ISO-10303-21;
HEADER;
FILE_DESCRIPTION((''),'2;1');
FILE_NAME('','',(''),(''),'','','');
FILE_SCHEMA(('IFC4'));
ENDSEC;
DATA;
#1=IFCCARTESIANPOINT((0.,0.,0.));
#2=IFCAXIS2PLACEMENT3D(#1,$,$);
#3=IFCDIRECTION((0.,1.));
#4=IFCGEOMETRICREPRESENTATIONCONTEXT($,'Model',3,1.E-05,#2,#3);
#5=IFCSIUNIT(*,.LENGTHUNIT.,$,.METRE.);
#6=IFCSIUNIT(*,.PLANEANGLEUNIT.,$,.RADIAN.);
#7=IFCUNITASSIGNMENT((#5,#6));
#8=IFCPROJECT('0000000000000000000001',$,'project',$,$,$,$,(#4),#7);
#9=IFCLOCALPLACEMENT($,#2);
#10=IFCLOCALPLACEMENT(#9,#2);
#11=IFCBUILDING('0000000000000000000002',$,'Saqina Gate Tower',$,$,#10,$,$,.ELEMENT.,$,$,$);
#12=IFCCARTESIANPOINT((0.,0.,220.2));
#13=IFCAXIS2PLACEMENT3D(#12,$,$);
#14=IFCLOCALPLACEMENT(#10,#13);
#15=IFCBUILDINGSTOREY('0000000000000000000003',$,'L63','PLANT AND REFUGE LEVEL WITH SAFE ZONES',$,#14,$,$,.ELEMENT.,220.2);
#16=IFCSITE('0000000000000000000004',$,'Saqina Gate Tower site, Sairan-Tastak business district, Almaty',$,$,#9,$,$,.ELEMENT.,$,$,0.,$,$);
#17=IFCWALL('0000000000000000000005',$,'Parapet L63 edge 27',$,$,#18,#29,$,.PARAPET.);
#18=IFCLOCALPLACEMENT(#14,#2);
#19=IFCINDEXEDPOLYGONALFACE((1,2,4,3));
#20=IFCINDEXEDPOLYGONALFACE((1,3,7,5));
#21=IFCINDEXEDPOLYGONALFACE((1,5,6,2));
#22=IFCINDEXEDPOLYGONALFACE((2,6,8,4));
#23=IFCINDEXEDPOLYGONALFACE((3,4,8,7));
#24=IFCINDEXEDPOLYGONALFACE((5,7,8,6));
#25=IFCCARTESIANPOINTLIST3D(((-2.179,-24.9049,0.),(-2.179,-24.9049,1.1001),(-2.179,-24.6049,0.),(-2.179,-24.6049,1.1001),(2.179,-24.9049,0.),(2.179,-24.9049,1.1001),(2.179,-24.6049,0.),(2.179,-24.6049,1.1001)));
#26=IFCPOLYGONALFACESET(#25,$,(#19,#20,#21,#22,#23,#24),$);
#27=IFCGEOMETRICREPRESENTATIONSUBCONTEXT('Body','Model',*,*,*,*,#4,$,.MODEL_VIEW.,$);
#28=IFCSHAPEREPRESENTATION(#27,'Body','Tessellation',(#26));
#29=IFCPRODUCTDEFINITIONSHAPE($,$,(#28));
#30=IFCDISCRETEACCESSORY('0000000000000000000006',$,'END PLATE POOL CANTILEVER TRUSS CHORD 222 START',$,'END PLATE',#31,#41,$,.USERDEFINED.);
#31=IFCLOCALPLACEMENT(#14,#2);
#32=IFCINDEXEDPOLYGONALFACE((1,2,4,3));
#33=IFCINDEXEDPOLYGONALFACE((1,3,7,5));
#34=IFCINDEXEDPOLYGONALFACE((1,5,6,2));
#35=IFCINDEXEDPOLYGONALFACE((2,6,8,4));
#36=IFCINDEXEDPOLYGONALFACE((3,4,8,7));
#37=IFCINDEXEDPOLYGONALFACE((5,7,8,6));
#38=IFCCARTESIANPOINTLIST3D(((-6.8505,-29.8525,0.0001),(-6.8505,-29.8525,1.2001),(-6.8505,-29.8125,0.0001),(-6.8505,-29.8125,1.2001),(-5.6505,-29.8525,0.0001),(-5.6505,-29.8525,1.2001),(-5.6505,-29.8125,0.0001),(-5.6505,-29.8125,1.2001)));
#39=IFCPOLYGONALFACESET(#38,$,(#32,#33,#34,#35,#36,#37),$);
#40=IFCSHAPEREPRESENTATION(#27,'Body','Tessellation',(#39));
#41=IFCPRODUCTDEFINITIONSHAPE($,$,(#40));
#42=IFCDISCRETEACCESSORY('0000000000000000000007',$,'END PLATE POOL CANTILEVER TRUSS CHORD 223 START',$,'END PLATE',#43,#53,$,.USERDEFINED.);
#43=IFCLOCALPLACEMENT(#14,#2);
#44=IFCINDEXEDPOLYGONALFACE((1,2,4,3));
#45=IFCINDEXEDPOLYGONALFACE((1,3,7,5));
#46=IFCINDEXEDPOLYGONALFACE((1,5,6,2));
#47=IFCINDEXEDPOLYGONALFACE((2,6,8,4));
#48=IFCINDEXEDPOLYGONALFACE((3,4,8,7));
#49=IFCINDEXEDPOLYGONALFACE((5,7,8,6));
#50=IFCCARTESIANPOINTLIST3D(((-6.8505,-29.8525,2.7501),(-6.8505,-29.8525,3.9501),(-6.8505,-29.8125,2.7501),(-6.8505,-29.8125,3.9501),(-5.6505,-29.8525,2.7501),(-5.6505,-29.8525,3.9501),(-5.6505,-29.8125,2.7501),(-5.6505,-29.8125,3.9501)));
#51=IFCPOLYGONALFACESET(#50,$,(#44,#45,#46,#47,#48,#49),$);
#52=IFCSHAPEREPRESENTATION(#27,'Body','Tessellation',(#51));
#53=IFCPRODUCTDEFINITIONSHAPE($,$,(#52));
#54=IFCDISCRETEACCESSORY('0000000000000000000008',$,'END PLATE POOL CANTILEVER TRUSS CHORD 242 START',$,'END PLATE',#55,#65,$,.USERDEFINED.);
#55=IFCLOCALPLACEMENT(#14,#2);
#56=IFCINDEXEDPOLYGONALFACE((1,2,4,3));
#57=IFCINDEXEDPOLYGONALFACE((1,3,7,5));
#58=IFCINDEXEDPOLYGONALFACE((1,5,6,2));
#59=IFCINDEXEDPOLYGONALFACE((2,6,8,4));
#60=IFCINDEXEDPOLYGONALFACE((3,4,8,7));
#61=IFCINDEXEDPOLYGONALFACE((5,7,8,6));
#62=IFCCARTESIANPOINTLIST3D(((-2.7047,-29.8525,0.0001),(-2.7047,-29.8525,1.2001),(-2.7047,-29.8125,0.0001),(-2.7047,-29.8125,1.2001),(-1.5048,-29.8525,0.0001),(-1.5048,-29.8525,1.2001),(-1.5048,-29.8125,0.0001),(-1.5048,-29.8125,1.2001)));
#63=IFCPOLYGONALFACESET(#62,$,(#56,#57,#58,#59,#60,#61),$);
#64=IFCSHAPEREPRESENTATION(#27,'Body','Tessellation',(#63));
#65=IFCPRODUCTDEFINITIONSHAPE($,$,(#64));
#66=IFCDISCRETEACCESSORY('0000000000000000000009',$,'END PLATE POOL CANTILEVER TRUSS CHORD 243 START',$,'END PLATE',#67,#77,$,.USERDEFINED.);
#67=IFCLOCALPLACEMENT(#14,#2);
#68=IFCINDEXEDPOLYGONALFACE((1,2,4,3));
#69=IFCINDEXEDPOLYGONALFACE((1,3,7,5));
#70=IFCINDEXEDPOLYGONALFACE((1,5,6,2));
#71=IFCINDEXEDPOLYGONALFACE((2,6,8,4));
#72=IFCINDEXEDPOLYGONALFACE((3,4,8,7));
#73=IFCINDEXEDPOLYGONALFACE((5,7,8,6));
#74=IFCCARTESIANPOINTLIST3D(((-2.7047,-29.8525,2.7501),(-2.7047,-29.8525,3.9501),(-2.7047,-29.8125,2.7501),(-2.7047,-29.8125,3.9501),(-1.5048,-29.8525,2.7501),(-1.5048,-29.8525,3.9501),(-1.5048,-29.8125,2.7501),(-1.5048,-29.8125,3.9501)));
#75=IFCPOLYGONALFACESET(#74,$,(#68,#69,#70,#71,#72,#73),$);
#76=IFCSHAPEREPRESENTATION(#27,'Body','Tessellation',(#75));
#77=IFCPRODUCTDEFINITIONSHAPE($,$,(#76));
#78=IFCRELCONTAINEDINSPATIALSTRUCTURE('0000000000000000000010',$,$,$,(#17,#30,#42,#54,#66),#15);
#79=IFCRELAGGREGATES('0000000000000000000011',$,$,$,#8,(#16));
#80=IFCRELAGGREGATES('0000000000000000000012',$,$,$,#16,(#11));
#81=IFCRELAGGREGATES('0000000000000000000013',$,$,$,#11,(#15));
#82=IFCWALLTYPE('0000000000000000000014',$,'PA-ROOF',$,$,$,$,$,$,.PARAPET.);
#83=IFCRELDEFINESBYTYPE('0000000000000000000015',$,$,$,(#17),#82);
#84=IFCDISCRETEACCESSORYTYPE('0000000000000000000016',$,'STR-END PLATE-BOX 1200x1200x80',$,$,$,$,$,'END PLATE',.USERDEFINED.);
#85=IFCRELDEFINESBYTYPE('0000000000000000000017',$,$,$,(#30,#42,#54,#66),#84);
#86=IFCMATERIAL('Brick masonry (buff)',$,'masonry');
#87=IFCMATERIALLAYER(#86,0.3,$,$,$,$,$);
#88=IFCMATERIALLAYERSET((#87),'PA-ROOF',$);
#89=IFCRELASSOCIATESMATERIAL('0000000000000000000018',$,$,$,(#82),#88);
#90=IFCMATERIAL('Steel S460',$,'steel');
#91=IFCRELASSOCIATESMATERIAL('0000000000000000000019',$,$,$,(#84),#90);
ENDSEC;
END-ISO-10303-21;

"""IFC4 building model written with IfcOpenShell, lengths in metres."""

from ifc_helpers import new_model, si_unit, direction, frame, frame_2d, origin, origin_2d, place, context, subcontext, project, spatial, rectangle, extrude, material, layer, layer_set, material_profile, profile_set, type_object, element, save


model = new_model("IFC4")

# Units and contexts
model_context = context("Model", 3, precision=1e-05, world=origin(), true_north=direction((0.0, 1.0)))
body_context = subcontext(model_context, "Body", "Model", "MODEL_VIEW")
ifc_project = project(units=[si_unit("LENGTHUNIT", "METRE"), si_unit("PLANEANGLEUNIT", "RADIAN")], contexts=[model_context])

# Site, building, storey
site_placement = place(None, origin())
site = spatial("IfcSite", under=ifc_project, at=site_placement, Name="Saqina Gate Tower site, Sairan-Tastak business district, Almaty", CompositionType="ELEMENT", RefElevation=0.0)
building_placement = place(site_placement, origin())
building = spatial("IfcBuilding", under=site, at=building_placement, Name="Saqina Gate Tower", CompositionType="ELEMENT")
storey_placement = place(building_placement, frame((0.0, 0.0, 220.2)))
storey = spatial("IfcBuildingStorey", under=building, at=storey_placement, Name="L63", Description="PLANT AND REFUGE LEVEL WITH SAFE ZONES", CompositionType="ELEMENT", Elevation=220.2)

# Wall
ifc_material_1 = material(Name="Brick masonry (buff)", Category="masonry")
ifc_layer = layer(ifc_material_1, 0.3)
ifc_layer_set = layer_set([ifc_layer], Name="PA-ROOF")
wall_type = type_object("IfcWallType", Name="PA-ROOF", PredefinedType="PARAPET", material=ifc_layer_set)
wall_placement = place(storey_placement, frame((-2.179, -24.7549, 0.0), z_axis=(0.0, 0.0, 1.0), x_axis=(1.0, 0.0, 0.0)))
element("IfcWall", 1, at=wall_placement, inside=storey, type_object=wall_type, Name="Parapet L63 edge 27", PredefinedType="PARAPET", context=body_context, shape_type="SweptSolid", body=[
    extrude(rectangle(XDim=4.3579, YDim=0.3, at=frame_2d((2.179, 0.0))), origin(), (0.0, 0.0, 1.0), 1.1001),
])

# Discrete accessories
ifc_material_2 = material(Name="Steel S460", Category="steel")
ifc_material_profile_1 = material_profile(ifc_material_2, rectangle(XDim=1.2, YDim=1.2, at=origin_2d()), Name="STR-END PLATE-BOX 1200x1200x80")
ifc_profile_set_1 = profile_set([ifc_material_profile_1], Name="Steel S460")
discrete_accessory_type = type_object("IfcDiscreteAccessoryType", Name="STR-END PLATE-BOX 1200x1200x80", ElementType="END PLATE", PredefinedType="USERDEFINED", material=ifc_profile_set_1)
for number, where, z_axis, x_axis, name in (
    (2, (-6.2505, -29.8125, 0.6001), (0.0, -1.0, 0.0), (-1.0, 0.0, 0.0), "END PLATE POOL CANTILEVER TRUSS CHORD 222 START"),
    (3, (-6.2505, -29.8125, 3.3501), (0.0, -1.0, 0.0), (-1.0, 0.0, 0.0), "END PLATE POOL CANTILEVER TRUSS CHORD 223 START"),
    (4, (-2.1047, -29.8125, 0.6001), (0.0, -1.0, 0.0), (-1.0, 0.0, 0.0), "END PLATE POOL CANTILEVER TRUSS CHORD 242 START"),
    (5, (-2.1047, -29.8125, 3.3501), (0.0, -1.0, 0.0), (-1.0, 0.0, 0.0), "END PLATE POOL CANTILEVER TRUSS CHORD 243 START"),
):
    element("IfcDiscreteAccessory", number, at=place(storey_placement, frame(where, z_axis=z_axis, x_axis=x_axis)), inside=storey, type_object=discrete_accessory_type, Name=name, ObjectType="END PLATE", PredefinedType="USERDEFINED", context=body_context, shape_type="SweptSolid", body=[
        extrude(rectangle(XDim=1.2, YDim=1.2, at=origin_2d()), origin(), (0.0, 0.0, 1.0), 0.04),
    ])

save(model, "model.ifc")
